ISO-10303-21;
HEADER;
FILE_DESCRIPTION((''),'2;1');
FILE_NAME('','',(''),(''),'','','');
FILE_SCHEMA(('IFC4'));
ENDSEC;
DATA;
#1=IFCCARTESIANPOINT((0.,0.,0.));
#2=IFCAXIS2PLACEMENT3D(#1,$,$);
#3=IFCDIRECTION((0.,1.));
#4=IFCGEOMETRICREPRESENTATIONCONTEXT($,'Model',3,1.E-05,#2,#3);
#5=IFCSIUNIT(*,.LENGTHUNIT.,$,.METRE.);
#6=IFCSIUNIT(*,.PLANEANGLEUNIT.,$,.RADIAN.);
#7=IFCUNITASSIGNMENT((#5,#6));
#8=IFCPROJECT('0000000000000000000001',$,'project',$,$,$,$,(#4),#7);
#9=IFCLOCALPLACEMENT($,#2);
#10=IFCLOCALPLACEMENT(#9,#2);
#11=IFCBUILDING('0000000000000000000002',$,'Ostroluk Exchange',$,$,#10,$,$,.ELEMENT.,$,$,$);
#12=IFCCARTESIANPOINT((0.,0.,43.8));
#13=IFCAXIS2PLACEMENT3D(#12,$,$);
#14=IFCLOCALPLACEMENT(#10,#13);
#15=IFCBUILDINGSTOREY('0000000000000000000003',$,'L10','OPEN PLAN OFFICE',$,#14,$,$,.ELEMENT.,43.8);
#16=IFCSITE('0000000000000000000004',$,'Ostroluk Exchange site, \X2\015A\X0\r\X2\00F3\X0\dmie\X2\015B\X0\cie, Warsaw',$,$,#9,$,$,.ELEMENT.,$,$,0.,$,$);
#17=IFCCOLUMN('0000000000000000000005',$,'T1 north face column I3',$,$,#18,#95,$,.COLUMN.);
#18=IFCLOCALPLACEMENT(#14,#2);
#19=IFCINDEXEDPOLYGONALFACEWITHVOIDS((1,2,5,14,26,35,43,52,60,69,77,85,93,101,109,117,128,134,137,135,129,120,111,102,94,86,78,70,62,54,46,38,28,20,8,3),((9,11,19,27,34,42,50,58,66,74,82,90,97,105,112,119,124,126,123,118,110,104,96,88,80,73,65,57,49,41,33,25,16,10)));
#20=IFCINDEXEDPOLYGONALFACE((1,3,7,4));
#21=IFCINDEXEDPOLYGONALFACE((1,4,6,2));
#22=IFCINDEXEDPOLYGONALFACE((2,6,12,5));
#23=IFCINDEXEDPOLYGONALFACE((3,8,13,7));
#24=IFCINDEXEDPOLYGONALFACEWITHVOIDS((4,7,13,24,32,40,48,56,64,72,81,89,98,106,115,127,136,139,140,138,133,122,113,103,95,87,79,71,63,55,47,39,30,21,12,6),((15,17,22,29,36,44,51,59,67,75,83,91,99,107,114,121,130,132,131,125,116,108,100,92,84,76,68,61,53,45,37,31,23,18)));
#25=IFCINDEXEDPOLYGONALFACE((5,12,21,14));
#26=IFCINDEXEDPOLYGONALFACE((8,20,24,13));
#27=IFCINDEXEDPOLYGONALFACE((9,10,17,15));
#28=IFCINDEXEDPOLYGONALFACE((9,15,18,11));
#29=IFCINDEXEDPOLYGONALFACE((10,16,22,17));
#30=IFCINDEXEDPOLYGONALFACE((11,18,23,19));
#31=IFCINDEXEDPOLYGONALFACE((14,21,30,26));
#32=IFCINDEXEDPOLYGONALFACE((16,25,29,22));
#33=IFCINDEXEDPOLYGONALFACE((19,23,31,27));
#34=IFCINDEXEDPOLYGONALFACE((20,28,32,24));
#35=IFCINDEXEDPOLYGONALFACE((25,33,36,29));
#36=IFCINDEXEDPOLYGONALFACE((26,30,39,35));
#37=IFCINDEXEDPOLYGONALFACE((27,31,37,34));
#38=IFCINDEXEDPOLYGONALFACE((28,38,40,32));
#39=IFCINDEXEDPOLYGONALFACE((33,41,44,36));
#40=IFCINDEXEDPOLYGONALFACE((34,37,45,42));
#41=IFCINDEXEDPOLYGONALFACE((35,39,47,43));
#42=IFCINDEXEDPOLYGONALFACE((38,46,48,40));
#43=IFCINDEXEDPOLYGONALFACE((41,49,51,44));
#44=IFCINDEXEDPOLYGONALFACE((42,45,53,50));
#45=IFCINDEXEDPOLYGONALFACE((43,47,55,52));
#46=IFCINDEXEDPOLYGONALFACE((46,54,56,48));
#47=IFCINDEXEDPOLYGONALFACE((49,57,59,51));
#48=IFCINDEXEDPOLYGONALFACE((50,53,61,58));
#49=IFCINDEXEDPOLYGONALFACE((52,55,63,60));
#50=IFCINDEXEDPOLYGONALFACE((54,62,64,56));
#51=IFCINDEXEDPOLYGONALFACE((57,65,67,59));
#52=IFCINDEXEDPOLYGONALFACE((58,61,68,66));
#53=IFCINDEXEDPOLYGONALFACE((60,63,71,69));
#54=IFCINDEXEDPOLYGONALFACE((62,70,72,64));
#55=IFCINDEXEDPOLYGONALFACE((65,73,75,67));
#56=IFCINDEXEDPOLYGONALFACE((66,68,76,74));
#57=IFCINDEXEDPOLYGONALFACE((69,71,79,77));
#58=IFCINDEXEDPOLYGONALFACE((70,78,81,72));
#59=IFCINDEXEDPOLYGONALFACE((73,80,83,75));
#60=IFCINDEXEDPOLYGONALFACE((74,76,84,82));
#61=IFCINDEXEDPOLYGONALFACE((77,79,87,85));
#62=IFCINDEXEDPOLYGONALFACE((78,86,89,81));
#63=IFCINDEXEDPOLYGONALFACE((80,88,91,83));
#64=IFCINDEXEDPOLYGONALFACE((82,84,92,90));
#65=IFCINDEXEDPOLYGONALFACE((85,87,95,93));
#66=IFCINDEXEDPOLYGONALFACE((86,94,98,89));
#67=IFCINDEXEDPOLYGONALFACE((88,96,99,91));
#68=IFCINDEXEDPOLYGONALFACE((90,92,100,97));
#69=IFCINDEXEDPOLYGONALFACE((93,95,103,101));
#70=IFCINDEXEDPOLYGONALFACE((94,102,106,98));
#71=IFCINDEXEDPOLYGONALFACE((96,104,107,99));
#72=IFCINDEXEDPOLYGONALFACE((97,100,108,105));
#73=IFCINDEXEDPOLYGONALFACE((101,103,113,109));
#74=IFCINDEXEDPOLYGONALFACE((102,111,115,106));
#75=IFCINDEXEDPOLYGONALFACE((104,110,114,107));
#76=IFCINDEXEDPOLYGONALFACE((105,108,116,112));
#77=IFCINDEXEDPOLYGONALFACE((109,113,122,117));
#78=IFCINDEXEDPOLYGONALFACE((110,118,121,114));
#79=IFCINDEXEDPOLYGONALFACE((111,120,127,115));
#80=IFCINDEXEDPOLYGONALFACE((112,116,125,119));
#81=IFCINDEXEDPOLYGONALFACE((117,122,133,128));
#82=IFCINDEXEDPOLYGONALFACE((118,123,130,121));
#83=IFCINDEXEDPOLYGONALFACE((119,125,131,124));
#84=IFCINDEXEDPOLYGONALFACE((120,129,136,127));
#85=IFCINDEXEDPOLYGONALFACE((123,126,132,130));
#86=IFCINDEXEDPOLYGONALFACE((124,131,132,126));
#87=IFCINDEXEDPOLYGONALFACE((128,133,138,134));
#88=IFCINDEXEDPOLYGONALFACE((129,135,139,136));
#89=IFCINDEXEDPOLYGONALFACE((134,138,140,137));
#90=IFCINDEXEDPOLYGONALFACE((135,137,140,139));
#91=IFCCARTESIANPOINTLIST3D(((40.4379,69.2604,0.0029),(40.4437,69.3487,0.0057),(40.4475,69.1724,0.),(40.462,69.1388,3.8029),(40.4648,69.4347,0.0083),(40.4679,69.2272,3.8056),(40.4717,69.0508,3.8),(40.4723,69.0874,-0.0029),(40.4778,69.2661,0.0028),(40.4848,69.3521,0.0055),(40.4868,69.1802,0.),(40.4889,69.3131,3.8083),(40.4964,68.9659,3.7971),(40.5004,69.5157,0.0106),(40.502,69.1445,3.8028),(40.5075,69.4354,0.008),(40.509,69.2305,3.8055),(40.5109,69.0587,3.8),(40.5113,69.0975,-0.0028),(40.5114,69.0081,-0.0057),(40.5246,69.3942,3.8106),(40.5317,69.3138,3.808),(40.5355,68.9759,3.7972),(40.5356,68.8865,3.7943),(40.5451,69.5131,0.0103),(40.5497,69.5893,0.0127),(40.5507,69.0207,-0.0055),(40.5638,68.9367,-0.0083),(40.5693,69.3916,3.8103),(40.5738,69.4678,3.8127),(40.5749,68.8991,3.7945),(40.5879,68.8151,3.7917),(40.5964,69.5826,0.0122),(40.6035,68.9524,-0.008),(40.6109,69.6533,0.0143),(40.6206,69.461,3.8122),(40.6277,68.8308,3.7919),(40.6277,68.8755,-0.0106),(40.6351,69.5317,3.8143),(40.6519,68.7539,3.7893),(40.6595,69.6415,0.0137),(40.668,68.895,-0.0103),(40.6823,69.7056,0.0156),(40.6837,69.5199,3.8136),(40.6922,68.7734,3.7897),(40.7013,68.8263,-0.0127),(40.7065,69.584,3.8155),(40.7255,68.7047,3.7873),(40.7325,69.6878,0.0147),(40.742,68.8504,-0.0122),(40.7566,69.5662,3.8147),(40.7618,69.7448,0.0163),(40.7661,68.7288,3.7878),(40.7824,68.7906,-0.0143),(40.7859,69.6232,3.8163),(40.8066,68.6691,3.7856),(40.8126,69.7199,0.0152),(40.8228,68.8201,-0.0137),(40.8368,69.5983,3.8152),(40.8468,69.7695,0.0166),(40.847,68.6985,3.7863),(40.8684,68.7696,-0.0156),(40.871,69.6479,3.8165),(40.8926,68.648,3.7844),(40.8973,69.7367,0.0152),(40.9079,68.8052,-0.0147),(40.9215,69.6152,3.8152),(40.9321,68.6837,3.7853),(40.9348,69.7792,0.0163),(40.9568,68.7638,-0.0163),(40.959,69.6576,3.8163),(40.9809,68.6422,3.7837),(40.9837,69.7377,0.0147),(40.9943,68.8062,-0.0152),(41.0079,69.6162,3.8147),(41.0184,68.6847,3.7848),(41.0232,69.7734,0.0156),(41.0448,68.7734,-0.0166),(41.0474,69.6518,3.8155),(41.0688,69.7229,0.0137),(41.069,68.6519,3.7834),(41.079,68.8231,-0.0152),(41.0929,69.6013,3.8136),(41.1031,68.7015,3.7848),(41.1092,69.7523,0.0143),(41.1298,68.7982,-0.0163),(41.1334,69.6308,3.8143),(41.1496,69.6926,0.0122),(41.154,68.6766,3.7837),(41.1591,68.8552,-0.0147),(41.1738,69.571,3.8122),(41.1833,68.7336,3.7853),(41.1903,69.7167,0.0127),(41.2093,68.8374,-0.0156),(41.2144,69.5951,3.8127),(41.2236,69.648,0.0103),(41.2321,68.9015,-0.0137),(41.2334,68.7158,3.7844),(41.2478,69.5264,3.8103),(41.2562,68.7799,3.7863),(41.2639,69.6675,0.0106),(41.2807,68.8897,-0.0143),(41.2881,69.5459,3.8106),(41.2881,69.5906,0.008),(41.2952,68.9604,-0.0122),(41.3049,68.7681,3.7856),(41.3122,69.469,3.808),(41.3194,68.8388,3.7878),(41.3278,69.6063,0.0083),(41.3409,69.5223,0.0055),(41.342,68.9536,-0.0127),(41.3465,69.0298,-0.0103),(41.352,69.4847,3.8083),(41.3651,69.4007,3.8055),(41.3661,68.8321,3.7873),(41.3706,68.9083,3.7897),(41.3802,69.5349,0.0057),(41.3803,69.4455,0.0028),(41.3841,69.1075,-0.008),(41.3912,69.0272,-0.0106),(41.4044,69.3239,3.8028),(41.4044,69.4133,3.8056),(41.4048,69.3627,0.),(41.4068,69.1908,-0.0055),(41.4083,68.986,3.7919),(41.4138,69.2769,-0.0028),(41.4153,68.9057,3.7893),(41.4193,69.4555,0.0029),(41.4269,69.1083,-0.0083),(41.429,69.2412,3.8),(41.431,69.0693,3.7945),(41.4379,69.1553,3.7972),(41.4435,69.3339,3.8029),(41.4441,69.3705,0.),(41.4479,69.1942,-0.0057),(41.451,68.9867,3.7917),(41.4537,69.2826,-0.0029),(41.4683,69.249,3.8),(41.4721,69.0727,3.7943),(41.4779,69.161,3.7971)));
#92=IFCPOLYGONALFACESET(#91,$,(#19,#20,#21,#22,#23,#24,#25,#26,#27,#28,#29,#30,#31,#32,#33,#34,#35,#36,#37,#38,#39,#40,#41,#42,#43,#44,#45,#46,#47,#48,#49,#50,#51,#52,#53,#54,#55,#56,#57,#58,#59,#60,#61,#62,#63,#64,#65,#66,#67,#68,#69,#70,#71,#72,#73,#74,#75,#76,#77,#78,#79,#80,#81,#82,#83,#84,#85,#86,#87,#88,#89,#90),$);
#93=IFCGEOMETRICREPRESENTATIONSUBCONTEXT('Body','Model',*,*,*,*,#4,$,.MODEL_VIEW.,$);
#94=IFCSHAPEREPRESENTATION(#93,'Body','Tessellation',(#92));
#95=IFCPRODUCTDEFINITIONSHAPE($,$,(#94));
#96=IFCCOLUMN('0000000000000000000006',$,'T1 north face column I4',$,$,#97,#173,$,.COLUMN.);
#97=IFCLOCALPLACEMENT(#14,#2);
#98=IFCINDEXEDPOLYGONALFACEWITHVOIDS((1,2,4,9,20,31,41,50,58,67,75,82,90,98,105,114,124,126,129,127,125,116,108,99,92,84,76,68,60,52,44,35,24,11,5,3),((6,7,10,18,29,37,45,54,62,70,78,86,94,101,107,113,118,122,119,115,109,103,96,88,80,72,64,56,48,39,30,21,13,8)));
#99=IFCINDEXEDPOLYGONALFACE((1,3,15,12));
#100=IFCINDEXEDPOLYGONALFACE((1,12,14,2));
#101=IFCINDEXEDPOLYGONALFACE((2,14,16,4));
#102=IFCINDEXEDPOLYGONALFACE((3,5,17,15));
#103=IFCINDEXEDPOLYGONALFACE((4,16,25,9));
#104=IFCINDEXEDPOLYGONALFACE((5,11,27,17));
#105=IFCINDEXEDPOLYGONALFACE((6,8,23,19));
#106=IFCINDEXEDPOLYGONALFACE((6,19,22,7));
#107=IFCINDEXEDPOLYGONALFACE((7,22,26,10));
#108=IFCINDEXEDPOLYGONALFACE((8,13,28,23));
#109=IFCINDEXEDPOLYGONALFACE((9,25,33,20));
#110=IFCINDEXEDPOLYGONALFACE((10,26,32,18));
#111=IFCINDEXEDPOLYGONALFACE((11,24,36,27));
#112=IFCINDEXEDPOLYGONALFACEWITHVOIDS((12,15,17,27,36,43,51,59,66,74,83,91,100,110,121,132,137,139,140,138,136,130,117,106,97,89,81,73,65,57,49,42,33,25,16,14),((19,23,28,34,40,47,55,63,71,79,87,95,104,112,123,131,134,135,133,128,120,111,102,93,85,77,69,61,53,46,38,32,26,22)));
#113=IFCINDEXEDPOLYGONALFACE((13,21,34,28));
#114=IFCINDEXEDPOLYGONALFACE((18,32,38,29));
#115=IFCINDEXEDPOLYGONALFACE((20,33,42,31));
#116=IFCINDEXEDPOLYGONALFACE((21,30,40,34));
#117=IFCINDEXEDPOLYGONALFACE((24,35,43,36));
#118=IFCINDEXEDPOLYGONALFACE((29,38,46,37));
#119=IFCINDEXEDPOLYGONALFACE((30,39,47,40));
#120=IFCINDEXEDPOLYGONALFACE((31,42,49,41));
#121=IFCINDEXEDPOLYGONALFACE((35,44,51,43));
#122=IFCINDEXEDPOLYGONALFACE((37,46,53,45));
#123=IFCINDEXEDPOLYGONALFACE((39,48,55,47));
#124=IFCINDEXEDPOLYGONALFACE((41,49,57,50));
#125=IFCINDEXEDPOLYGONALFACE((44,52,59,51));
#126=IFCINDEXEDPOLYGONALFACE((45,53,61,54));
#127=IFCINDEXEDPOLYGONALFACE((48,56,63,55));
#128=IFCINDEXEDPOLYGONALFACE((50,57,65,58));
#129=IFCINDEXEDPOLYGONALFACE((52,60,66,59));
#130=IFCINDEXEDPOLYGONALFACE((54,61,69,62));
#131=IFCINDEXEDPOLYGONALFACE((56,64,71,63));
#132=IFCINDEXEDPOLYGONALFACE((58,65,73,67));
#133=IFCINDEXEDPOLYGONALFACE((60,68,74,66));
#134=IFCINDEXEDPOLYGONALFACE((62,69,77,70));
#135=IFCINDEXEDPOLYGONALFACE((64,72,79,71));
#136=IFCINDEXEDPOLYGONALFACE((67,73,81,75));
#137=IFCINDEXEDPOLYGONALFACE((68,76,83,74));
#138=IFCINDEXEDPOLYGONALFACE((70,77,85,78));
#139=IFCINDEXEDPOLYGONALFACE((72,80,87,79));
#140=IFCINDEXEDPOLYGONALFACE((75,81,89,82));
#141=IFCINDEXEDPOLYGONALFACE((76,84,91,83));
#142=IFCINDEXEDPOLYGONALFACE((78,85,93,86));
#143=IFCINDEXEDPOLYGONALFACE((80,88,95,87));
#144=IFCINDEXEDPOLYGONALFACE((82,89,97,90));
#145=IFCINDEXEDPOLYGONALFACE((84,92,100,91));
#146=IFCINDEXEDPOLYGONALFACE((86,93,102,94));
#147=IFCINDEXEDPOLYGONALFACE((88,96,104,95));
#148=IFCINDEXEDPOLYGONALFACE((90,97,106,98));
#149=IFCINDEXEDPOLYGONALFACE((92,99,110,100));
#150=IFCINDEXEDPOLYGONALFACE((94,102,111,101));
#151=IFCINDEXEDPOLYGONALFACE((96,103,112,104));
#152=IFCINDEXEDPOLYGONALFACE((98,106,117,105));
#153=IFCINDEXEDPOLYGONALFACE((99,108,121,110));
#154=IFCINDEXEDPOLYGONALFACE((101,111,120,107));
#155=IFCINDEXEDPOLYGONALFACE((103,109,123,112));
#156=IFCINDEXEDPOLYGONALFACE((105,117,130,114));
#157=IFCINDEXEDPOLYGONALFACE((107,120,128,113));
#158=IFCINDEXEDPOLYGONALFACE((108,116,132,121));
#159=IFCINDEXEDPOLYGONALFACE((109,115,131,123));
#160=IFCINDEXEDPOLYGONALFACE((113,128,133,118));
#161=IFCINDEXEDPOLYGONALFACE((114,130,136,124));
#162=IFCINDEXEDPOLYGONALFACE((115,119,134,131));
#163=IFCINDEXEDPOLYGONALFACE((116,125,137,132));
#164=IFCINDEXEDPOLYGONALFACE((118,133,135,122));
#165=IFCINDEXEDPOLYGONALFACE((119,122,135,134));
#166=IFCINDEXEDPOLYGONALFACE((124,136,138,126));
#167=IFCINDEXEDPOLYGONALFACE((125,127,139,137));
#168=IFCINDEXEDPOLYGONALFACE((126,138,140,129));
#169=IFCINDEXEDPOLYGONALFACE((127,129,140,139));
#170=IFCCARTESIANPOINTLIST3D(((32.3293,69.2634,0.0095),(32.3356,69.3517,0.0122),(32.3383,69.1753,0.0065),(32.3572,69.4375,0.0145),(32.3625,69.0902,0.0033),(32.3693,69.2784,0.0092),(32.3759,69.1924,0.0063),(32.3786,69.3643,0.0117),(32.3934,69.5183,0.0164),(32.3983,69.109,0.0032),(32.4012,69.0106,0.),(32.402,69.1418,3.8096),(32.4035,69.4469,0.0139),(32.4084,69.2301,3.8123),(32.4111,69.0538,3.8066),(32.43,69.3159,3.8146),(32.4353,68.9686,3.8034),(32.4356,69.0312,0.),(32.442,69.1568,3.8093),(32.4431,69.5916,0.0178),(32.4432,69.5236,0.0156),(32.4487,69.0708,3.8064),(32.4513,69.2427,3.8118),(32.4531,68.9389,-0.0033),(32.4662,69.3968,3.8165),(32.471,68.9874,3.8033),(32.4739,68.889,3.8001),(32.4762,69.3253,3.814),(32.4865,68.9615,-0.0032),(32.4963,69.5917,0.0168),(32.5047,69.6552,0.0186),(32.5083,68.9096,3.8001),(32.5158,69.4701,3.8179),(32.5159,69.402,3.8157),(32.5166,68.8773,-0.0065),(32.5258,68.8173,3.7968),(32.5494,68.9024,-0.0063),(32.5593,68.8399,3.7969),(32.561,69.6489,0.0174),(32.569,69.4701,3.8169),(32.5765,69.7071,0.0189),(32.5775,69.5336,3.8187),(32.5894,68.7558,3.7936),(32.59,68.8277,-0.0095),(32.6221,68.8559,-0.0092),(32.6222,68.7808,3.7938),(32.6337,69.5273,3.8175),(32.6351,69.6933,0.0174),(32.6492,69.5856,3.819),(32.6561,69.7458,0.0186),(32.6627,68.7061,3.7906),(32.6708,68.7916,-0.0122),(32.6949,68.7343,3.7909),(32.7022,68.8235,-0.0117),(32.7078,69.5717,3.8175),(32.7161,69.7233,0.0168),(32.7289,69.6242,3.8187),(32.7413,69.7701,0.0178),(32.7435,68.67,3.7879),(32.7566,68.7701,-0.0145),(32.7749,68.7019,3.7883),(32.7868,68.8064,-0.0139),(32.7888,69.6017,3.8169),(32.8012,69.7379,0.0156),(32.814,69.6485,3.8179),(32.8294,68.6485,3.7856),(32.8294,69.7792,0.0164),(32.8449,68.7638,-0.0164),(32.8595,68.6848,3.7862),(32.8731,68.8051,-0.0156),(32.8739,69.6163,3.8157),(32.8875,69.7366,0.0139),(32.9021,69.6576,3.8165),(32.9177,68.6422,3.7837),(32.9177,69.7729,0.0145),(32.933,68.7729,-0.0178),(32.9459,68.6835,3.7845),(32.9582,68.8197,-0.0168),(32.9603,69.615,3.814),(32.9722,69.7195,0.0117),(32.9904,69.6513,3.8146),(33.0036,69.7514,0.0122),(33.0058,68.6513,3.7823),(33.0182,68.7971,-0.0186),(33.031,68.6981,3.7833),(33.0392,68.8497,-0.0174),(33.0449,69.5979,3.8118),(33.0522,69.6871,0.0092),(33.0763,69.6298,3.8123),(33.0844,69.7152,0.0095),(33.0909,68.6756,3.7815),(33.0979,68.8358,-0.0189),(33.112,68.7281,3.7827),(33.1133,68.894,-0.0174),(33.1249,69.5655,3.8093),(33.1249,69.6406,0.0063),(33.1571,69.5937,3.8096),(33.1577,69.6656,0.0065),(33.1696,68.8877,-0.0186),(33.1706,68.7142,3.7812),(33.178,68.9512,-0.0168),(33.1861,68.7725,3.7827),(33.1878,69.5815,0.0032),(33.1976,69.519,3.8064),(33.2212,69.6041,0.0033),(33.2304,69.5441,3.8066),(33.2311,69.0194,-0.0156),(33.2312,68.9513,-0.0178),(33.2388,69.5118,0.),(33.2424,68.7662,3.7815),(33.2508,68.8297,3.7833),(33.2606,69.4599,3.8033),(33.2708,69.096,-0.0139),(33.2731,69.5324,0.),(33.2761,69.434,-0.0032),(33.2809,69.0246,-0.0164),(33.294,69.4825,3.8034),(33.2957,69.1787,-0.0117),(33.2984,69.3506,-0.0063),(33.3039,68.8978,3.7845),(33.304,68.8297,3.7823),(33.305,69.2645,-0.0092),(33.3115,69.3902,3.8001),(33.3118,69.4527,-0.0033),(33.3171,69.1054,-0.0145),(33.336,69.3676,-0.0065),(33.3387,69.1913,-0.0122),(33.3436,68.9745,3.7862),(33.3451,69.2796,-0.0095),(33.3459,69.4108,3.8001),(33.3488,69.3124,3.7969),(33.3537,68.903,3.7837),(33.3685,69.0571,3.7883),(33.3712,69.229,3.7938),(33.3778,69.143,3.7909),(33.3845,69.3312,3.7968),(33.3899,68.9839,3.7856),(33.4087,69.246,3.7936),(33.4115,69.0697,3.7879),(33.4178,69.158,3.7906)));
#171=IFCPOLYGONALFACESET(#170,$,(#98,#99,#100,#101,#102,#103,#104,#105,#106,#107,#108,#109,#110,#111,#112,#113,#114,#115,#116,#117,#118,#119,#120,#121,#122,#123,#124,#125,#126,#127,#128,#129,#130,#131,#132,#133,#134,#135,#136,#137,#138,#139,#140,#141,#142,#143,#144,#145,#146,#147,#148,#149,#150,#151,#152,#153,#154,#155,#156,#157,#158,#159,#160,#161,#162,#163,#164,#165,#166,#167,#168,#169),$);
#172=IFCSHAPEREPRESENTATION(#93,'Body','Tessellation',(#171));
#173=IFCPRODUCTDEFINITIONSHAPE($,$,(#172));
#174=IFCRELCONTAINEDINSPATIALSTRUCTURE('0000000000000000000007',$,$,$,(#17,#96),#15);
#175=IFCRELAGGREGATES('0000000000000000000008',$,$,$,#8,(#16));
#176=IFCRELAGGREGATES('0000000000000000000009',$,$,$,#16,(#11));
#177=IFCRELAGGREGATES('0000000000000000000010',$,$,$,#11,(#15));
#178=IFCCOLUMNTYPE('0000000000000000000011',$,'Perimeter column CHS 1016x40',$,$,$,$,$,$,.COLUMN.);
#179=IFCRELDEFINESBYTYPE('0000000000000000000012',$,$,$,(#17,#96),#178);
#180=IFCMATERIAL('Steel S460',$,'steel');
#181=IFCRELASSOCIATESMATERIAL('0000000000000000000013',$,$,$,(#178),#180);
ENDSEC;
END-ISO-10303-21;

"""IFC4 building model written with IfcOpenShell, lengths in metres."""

from ifc_helpers import new_model, si_unit, direction, frame, origin, origin_2d, place, context, subcontext, project, spatial, hollow_circle, extrude, material, material_profile, profile_set, type_object, element, save


model = new_model("IFC4")

# Units and contexts
model_context = context("Model", 3, precision=1e-05, world=origin(), true_north=direction((0.0, 1.0)))
body_context = subcontext(model_context, "Body", "Model", "MODEL_VIEW")
ifc_project = project(units=[si_unit("LENGTHUNIT", "METRE"), si_unit("PLANEANGLEUNIT", "RADIAN")], contexts=[model_context])

# Site, building, storey
site_placement = place(None, origin())
site = spatial("IfcSite", under=ifc_project, at=site_placement, Name="Ostroluk Exchange site, Śródmieście, Warsaw", CompositionType="ELEMENT", RefElevation=0.0)
building_placement = place(site_placement, origin())
building = spatial("IfcBuilding", under=site, at=building_placement, Name="Ostroluk Exchange", CompositionType="ELEMENT")
storey_placement = place(building_placement, frame((0.0, 0.0, 43.8)))
storey = spatial("IfcBuildingStorey", under=building, at=storey_placement, Name="L10", Description="OPEN PLAN OFFICE", CompositionType="ELEMENT", Elevation=43.8)

# Columns
ifc_material_1 = material(Name="Steel S460", Category="steel")
ifc_material_profile_1 = material_profile(ifc_material_1, hollow_circle(Radius=0.5081, WallThickness=0.04, at=origin_2d()), Name="CHS 1016x40")
ifc_profile_set_1 = profile_set([ifc_material_profile_1], Name="Steel S460")
column_type = type_object("IfcColumnType", Name="Perimeter column CHS 1016x40", PredefinedType="COLUMN", material=ifc_profile_set_1)
column_1_placement = place(storey_placement, frame((40.9458, 69.2715, 0.0), z_axis=(0.006357, -0.031978, 0.999468), x_axis=(0.980807, 0.19498, 0.0)))
element("IfcColumn", 1, at=column_1_placement, inside=storey, type_object=column_type, Name="T1 north face column I3", PredefinedType="COLUMN", context=body_context, shape_type="SweptSolid", body=[
    extrude(hollow_circle(Radius=0.5081, WallThickness=0.04, at=origin_2d()), origin(), (0.0, 0.0, 1.0), 3.802),
])
column_2_placement = place(storey_placement, frame((32.8372, 69.2715, 0.0), z_axis=(0.019132, -0.031973, 0.999306), x_axis=(0.8581, 0.513482, 0.0)))
element("IfcColumn", 2, at=column_2_placement, inside=storey, type_object=column_type, Name="T1 north face column I4", PredefinedType="COLUMN", context=body_context, shape_type="SweptSolid", body=[
    extrude(hollow_circle(Radius=0.5081, WallThickness=0.04, at=origin_2d()), origin(), (0.0, 0.0, 1.0), 3.8027),
])

save(model, "model.ifc")
